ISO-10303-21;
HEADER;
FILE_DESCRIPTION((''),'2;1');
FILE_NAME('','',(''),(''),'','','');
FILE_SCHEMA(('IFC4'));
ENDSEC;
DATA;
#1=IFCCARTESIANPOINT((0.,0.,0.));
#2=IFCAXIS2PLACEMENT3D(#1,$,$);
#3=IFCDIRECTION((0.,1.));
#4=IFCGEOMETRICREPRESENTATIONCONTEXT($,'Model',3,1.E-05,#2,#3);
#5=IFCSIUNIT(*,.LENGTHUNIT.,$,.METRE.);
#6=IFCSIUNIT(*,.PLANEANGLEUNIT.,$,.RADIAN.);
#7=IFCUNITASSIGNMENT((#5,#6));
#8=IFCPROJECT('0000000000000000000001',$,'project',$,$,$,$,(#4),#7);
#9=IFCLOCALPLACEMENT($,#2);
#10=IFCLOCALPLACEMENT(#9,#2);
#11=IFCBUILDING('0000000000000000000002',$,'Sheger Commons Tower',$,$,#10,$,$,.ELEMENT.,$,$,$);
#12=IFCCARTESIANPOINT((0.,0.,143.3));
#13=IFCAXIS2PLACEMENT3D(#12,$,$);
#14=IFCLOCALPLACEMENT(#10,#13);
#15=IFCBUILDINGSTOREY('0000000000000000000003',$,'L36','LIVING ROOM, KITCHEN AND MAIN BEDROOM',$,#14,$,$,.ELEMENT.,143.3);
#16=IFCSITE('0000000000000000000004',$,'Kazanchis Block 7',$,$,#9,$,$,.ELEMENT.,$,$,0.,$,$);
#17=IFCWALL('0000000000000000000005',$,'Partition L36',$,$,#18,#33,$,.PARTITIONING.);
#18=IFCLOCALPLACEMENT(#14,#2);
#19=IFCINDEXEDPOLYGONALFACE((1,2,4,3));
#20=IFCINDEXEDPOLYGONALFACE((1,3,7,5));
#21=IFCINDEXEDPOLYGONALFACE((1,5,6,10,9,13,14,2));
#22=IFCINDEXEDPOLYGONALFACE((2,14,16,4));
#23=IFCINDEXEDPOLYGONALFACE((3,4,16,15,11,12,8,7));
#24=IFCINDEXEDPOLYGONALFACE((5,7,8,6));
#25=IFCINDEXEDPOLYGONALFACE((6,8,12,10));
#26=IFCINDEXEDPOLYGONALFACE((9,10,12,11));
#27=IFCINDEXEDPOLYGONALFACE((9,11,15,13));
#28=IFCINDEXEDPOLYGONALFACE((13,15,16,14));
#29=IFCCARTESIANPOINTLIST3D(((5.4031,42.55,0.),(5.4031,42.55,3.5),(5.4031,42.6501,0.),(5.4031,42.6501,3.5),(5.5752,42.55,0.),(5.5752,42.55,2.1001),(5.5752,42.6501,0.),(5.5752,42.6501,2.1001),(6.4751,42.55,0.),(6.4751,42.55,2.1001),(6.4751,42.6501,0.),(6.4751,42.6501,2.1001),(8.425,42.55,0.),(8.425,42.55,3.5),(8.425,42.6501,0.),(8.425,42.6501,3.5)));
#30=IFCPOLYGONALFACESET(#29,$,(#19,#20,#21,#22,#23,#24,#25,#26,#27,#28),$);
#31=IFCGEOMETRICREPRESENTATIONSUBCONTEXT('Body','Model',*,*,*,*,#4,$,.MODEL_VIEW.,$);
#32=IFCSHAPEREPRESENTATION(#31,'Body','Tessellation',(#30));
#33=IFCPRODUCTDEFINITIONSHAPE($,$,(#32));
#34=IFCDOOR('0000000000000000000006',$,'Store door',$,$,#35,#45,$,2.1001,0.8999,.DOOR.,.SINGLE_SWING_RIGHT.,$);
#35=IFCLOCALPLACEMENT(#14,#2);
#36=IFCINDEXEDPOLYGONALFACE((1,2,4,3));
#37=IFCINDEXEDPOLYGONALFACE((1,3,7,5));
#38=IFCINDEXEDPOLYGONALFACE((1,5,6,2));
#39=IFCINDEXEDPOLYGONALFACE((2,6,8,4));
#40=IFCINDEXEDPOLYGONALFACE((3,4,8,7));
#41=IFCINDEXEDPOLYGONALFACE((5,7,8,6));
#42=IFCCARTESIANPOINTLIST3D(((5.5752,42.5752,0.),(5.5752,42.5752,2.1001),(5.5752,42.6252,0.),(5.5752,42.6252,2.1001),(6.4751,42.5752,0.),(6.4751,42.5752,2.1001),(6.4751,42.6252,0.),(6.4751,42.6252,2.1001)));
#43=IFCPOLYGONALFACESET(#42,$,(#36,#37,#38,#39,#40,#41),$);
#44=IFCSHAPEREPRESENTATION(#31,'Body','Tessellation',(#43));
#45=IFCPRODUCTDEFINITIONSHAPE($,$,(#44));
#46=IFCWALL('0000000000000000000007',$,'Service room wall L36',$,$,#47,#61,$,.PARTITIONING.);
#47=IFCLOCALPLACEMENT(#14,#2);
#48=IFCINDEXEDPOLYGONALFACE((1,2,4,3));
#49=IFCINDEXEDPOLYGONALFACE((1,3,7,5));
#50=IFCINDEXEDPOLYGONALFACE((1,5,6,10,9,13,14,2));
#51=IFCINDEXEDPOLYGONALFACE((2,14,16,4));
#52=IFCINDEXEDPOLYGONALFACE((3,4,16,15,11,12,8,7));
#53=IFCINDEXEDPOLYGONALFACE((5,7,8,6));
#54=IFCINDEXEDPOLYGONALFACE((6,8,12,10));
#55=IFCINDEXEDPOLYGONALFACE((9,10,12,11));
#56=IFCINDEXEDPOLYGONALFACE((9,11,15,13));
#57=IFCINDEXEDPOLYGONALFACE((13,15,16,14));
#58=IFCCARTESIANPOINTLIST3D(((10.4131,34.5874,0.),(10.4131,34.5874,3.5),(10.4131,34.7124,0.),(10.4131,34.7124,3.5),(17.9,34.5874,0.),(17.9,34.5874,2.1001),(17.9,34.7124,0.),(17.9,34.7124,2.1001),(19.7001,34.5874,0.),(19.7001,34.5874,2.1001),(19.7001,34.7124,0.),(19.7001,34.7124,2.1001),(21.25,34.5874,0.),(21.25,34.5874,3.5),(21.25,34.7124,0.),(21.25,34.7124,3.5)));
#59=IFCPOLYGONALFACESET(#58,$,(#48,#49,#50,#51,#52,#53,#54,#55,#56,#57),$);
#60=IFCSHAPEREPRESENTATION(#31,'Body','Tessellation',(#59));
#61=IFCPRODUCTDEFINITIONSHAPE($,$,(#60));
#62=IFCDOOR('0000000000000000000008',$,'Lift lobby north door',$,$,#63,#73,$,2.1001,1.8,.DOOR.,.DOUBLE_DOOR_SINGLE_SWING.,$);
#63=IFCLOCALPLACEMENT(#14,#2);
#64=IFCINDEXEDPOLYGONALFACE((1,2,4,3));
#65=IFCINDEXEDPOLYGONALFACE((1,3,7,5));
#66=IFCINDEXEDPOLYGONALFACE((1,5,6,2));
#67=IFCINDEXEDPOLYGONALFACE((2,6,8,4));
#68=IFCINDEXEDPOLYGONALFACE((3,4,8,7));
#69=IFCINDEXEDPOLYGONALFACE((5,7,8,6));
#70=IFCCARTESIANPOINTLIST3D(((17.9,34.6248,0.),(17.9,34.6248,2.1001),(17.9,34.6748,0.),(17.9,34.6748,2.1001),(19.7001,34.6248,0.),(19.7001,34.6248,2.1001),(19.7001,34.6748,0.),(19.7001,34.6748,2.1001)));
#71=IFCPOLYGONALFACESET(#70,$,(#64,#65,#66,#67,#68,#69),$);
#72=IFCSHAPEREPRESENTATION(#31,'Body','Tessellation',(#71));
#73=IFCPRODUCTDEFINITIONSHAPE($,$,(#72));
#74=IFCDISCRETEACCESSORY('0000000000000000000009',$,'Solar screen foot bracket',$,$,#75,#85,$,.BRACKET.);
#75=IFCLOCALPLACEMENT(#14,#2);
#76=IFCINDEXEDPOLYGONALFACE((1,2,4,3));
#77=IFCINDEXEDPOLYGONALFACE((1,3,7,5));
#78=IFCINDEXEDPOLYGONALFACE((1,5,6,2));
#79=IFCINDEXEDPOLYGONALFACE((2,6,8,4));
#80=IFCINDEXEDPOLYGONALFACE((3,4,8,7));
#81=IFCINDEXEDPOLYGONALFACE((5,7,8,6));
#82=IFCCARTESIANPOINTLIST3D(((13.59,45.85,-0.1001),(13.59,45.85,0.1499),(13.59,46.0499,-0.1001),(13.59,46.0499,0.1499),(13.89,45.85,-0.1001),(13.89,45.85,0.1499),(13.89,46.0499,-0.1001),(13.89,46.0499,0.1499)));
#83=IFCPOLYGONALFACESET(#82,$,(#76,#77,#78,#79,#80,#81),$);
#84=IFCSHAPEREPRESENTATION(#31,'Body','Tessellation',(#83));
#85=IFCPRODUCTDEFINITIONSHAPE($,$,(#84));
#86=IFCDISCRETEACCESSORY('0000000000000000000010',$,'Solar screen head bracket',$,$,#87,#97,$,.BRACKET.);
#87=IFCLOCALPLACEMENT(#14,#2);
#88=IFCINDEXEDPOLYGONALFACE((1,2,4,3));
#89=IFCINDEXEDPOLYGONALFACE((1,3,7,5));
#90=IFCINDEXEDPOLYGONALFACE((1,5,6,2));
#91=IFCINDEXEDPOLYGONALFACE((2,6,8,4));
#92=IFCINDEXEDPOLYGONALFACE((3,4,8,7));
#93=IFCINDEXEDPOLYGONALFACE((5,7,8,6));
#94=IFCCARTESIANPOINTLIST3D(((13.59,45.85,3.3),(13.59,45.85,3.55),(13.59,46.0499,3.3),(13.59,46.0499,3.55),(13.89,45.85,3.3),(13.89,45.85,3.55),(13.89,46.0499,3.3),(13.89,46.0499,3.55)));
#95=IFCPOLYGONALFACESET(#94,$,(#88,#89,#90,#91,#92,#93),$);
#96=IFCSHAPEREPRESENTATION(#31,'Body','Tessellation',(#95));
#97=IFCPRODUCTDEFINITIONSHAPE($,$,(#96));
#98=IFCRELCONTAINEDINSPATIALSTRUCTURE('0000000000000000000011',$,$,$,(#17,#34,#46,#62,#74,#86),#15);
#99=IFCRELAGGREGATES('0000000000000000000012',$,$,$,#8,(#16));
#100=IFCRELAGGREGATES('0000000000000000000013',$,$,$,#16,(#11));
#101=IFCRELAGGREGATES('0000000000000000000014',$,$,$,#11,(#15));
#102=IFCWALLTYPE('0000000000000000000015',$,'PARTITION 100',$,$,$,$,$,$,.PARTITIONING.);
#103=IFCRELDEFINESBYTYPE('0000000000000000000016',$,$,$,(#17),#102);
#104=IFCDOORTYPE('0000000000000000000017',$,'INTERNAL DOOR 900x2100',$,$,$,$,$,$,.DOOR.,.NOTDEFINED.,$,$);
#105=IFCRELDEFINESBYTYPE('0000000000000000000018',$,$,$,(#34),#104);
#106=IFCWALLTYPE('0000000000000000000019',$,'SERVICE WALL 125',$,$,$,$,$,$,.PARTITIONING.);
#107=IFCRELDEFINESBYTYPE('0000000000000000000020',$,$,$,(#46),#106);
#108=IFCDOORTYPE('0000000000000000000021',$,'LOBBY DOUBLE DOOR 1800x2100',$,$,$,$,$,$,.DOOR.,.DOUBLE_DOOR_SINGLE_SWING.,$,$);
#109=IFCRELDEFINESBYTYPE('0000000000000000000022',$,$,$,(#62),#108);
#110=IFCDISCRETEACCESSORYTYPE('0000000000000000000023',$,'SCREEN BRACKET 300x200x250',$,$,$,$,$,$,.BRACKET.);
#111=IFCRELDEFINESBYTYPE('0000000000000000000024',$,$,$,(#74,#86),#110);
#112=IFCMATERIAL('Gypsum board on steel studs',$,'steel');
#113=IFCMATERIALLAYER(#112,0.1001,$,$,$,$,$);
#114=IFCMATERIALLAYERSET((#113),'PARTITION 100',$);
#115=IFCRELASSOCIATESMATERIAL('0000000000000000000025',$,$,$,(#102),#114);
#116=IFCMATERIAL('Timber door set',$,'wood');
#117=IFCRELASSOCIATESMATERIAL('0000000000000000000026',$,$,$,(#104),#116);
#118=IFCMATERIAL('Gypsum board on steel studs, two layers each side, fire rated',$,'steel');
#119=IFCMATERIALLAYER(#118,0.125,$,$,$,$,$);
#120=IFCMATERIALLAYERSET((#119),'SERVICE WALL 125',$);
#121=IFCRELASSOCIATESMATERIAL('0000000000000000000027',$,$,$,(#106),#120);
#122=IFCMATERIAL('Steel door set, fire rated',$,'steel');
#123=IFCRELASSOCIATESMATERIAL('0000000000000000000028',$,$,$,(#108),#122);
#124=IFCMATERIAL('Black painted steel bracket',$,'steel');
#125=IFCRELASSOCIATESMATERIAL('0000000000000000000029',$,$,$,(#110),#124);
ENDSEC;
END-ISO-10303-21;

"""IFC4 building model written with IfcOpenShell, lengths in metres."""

from ifc_helpers import new_model, si_unit, direction, frame, frame_2d, origin, origin_2d, place, context, subcontext, project, spatial, rectangle, extrude, material, layer, layer_set, type_object, element, fill, save


model = new_model("IFC4")

# Units and contexts
model_context = context("Model", 3, precision=1e-05, world=origin(), true_north=direction((0.0, 1.0)))
body_context = subcontext(model_context, "Body", "Model", "MODEL_VIEW")
ifc_project = project(units=[si_unit("LENGTHUNIT", "METRE"), si_unit("PLANEANGLEUNIT", "RADIAN")], contexts=[model_context])

# Site, building, storey
site_placement = place(None, origin())
site = spatial("IfcSite", under=ifc_project, at=site_placement, Name="Kazanchis Block 7", CompositionType="ELEMENT", RefElevation=0.0)
building_placement = place(site_placement, origin())
building = spatial("IfcBuilding", under=site, at=building_placement, Name="Sheger Commons Tower", CompositionType="ELEMENT")
storey_placement = place(building_placement, frame((0.0, 0.0, 143.3)))
storey = spatial("IfcBuildingStorey", under=building, at=storey_placement, Name="L36", Description="LIVING ROOM, KITCHEN AND MAIN BEDROOM", CompositionType="ELEMENT", Elevation=143.3)

# Shared definitions
ifc_material_1 = material(Name="Gypsum board on steel studs", Category="steel")
ifc_layer_1 = layer(ifc_material_1, 0.1001)
ifc_layer_set_1 = layer_set([ifc_layer_1], Name="PARTITION 100")
wall_type_1 = type_object("IfcWallType", Name="PARTITION 100", PredefinedType="PARTITIONING", material=ifc_layer_set_1)

# Walls, openings, doors
wall_1_placement = place(storey_placement, frame((8.425, 42.6001, 0.0), z_axis=(0.0, 0.0, 1.0), x_axis=(-1.0, 0.0, 0.0)))
wall_1 = element("IfcWall", 1, at=wall_1_placement, inside=storey, type_object=wall_type_1, Name="Partition L36", PredefinedType="PARTITIONING", context=body_context, shape_type="SweptSolid", body=[
    extrude(rectangle(XDim=3.022, YDim=0.1001, at=frame_2d((1.511, 0.0))), origin(), (0.0, 0.0, 1.0), 3.5),
])
opening_1_placement = place(wall_1_placement, frame((1.95, 0.0, 0.0)))
opening_1 = element("IfcOpeningElement", 2, at=opening_1_placement, cuts=wall_1, PredefinedType="OPENING", context=body_context, shape_type="SweptSolid", body=[
    extrude(rectangle(XDim=0.8999, YDim=2.1001, at=frame_2d((0.45, 1.05))), frame((0.0, 0.0601, 0.0), z_axis=(0.0, -1.0, 0.0), x_axis=(1.0, 0.0, 0.0)), (0.0, 0.0, 1.0), 0.1201),
])
ifc_material_2 = material(Name="Timber door set", Category="wood")
door_type_1 = type_object("IfcDoorType", Name="INTERNAL DOOR 900x2100", OperationType="NOTDEFINED", PredefinedType="DOOR", material=ifc_material_2)
door_1_placement = place(opening_1_placement, origin())
door_1 = element("IfcDoor", 3, at=door_1_placement, inside=storey, type_object=door_type_1, Name="Store door", OperationType="SINGLE_SWING_RIGHT", OverallHeight=2.1001, OverallWidth=0.8999, PredefinedType="DOOR", context=body_context, shape_type="SweptSolid", body=[
    extrude(rectangle(XDim=0.8999, YDim=2.1001, at=frame_2d((0.45, 1.05))), frame((0.0, 0.0249, 0.0), z_axis=(0.0, -1.0, 0.0), x_axis=(1.0, 0.0, 0.0)), (0.0, 0.0, 1.0), 0.05),
])
fill(opening_1, door_1)
ifc_material_3 = material(Name="Gypsum board on steel studs, two layers each side, fire rated", Category="steel")
ifc_layer_2 = layer(ifc_material_3, 0.125)
ifc_layer_set_2 = layer_set([ifc_layer_2], Name="SERVICE WALL 125")
wall_type_2 = type_object("IfcWallType", Name="SERVICE WALL 125", PredefinedType="PARTITIONING", material=ifc_layer_set_2)
wall_2_placement = place(storey_placement, frame((10.4131, 34.6499, 0.0), z_axis=(0.0, 0.0, 1.0), x_axis=(1.0, 0.0, 0.0)))
wall_2 = element("IfcWall", 4, at=wall_2_placement, inside=storey, type_object=wall_type_2, Name="Service room wall L36", PredefinedType="PARTITIONING", context=body_context, shape_type="SweptSolid", body=[
    extrude(rectangle(XDim=10.8369, YDim=0.125, at=frame_2d((5.4185, 0.0))), origin(), (0.0, 0.0, 1.0), 3.5),
])
opening_2_placement = place(wall_2_placement, frame((7.4871, 0.0, 0.0)))
opening_2 = element("IfcOpeningElement", 5, at=opening_2_placement, cuts=wall_2, PredefinedType="OPENING", context=body_context, shape_type="SweptSolid", body=[
    extrude(rectangle(XDim=1.8, YDim=2.1001, at=frame_2d((0.8999, 1.05))), frame((0.0, 0.0725, 0.0), z_axis=(0.0, -1.0, 0.0), x_axis=(1.0, 0.0, 0.0)), (0.0, 0.0, 1.0), 0.145),
])
ifc_material_4 = material(Name="Steel door set, fire rated", Category="steel")
door_type_2 = type_object("IfcDoorType", Name="LOBBY DOUBLE DOOR 1800x2100", OperationType="DOUBLE_DOOR_SINGLE_SWING", PredefinedType="DOOR", material=ifc_material_4)
door_2_placement = place(opening_2_placement, origin())
door_2 = element("IfcDoor", 6, at=door_2_placement, inside=storey, type_object=door_type_2, Name="Lift lobby north door", OperationType="DOUBLE_DOOR_SINGLE_SWING", OverallHeight=2.1001, OverallWidth=1.8, PredefinedType="DOOR", context=body_context, shape_type="SweptSolid", body=[
    extrude(rectangle(XDim=1.8, YDim=2.1001, at=frame_2d((0.8999, 1.05))), frame((0.0, 0.0249, 0.0), z_axis=(0.0, -1.0, 0.0), x_axis=(1.0, 0.0, 0.0)), (0.0, 0.0, 1.0), 0.05),
])
fill(opening_2, door_2)

# Discrete accessories
ifc_material_5 = material(Name="Black painted steel bracket", Category="steel")
discrete_accessory_type = type_object("IfcDiscreteAccessoryType", Name="SCREEN BRACKET 300x200x250", PredefinedType="BRACKET", material=ifc_material_5)
for number, where, z_axis, x_axis, name in (
    (7, (13.74, 45.95, -0.1001), (0.0, 0.0, 1.0), (-1.0, 0.0, 0.0), "Solar screen foot bracket"),
    (8, (13.74, 45.95, 3.3), (0.0, 0.0, 1.0), (-1.0, 0.0, 0.0), "Solar screen head bracket"),
):
    element("IfcDiscreteAccessory", number, at=place(storey_placement, frame(where, z_axis=z_axis, x_axis=x_axis)), inside=storey, type_object=discrete_accessory_type, Name=name, PredefinedType="BRACKET", context=body_context, shape_type="SweptSolid", body=[
        extrude(rectangle(XDim=0.3, YDim=0.2, at=origin_2d()), origin(), (0.0, 0.0, 1.0), 0.25),
    ])

save(model, "model.ifc")
